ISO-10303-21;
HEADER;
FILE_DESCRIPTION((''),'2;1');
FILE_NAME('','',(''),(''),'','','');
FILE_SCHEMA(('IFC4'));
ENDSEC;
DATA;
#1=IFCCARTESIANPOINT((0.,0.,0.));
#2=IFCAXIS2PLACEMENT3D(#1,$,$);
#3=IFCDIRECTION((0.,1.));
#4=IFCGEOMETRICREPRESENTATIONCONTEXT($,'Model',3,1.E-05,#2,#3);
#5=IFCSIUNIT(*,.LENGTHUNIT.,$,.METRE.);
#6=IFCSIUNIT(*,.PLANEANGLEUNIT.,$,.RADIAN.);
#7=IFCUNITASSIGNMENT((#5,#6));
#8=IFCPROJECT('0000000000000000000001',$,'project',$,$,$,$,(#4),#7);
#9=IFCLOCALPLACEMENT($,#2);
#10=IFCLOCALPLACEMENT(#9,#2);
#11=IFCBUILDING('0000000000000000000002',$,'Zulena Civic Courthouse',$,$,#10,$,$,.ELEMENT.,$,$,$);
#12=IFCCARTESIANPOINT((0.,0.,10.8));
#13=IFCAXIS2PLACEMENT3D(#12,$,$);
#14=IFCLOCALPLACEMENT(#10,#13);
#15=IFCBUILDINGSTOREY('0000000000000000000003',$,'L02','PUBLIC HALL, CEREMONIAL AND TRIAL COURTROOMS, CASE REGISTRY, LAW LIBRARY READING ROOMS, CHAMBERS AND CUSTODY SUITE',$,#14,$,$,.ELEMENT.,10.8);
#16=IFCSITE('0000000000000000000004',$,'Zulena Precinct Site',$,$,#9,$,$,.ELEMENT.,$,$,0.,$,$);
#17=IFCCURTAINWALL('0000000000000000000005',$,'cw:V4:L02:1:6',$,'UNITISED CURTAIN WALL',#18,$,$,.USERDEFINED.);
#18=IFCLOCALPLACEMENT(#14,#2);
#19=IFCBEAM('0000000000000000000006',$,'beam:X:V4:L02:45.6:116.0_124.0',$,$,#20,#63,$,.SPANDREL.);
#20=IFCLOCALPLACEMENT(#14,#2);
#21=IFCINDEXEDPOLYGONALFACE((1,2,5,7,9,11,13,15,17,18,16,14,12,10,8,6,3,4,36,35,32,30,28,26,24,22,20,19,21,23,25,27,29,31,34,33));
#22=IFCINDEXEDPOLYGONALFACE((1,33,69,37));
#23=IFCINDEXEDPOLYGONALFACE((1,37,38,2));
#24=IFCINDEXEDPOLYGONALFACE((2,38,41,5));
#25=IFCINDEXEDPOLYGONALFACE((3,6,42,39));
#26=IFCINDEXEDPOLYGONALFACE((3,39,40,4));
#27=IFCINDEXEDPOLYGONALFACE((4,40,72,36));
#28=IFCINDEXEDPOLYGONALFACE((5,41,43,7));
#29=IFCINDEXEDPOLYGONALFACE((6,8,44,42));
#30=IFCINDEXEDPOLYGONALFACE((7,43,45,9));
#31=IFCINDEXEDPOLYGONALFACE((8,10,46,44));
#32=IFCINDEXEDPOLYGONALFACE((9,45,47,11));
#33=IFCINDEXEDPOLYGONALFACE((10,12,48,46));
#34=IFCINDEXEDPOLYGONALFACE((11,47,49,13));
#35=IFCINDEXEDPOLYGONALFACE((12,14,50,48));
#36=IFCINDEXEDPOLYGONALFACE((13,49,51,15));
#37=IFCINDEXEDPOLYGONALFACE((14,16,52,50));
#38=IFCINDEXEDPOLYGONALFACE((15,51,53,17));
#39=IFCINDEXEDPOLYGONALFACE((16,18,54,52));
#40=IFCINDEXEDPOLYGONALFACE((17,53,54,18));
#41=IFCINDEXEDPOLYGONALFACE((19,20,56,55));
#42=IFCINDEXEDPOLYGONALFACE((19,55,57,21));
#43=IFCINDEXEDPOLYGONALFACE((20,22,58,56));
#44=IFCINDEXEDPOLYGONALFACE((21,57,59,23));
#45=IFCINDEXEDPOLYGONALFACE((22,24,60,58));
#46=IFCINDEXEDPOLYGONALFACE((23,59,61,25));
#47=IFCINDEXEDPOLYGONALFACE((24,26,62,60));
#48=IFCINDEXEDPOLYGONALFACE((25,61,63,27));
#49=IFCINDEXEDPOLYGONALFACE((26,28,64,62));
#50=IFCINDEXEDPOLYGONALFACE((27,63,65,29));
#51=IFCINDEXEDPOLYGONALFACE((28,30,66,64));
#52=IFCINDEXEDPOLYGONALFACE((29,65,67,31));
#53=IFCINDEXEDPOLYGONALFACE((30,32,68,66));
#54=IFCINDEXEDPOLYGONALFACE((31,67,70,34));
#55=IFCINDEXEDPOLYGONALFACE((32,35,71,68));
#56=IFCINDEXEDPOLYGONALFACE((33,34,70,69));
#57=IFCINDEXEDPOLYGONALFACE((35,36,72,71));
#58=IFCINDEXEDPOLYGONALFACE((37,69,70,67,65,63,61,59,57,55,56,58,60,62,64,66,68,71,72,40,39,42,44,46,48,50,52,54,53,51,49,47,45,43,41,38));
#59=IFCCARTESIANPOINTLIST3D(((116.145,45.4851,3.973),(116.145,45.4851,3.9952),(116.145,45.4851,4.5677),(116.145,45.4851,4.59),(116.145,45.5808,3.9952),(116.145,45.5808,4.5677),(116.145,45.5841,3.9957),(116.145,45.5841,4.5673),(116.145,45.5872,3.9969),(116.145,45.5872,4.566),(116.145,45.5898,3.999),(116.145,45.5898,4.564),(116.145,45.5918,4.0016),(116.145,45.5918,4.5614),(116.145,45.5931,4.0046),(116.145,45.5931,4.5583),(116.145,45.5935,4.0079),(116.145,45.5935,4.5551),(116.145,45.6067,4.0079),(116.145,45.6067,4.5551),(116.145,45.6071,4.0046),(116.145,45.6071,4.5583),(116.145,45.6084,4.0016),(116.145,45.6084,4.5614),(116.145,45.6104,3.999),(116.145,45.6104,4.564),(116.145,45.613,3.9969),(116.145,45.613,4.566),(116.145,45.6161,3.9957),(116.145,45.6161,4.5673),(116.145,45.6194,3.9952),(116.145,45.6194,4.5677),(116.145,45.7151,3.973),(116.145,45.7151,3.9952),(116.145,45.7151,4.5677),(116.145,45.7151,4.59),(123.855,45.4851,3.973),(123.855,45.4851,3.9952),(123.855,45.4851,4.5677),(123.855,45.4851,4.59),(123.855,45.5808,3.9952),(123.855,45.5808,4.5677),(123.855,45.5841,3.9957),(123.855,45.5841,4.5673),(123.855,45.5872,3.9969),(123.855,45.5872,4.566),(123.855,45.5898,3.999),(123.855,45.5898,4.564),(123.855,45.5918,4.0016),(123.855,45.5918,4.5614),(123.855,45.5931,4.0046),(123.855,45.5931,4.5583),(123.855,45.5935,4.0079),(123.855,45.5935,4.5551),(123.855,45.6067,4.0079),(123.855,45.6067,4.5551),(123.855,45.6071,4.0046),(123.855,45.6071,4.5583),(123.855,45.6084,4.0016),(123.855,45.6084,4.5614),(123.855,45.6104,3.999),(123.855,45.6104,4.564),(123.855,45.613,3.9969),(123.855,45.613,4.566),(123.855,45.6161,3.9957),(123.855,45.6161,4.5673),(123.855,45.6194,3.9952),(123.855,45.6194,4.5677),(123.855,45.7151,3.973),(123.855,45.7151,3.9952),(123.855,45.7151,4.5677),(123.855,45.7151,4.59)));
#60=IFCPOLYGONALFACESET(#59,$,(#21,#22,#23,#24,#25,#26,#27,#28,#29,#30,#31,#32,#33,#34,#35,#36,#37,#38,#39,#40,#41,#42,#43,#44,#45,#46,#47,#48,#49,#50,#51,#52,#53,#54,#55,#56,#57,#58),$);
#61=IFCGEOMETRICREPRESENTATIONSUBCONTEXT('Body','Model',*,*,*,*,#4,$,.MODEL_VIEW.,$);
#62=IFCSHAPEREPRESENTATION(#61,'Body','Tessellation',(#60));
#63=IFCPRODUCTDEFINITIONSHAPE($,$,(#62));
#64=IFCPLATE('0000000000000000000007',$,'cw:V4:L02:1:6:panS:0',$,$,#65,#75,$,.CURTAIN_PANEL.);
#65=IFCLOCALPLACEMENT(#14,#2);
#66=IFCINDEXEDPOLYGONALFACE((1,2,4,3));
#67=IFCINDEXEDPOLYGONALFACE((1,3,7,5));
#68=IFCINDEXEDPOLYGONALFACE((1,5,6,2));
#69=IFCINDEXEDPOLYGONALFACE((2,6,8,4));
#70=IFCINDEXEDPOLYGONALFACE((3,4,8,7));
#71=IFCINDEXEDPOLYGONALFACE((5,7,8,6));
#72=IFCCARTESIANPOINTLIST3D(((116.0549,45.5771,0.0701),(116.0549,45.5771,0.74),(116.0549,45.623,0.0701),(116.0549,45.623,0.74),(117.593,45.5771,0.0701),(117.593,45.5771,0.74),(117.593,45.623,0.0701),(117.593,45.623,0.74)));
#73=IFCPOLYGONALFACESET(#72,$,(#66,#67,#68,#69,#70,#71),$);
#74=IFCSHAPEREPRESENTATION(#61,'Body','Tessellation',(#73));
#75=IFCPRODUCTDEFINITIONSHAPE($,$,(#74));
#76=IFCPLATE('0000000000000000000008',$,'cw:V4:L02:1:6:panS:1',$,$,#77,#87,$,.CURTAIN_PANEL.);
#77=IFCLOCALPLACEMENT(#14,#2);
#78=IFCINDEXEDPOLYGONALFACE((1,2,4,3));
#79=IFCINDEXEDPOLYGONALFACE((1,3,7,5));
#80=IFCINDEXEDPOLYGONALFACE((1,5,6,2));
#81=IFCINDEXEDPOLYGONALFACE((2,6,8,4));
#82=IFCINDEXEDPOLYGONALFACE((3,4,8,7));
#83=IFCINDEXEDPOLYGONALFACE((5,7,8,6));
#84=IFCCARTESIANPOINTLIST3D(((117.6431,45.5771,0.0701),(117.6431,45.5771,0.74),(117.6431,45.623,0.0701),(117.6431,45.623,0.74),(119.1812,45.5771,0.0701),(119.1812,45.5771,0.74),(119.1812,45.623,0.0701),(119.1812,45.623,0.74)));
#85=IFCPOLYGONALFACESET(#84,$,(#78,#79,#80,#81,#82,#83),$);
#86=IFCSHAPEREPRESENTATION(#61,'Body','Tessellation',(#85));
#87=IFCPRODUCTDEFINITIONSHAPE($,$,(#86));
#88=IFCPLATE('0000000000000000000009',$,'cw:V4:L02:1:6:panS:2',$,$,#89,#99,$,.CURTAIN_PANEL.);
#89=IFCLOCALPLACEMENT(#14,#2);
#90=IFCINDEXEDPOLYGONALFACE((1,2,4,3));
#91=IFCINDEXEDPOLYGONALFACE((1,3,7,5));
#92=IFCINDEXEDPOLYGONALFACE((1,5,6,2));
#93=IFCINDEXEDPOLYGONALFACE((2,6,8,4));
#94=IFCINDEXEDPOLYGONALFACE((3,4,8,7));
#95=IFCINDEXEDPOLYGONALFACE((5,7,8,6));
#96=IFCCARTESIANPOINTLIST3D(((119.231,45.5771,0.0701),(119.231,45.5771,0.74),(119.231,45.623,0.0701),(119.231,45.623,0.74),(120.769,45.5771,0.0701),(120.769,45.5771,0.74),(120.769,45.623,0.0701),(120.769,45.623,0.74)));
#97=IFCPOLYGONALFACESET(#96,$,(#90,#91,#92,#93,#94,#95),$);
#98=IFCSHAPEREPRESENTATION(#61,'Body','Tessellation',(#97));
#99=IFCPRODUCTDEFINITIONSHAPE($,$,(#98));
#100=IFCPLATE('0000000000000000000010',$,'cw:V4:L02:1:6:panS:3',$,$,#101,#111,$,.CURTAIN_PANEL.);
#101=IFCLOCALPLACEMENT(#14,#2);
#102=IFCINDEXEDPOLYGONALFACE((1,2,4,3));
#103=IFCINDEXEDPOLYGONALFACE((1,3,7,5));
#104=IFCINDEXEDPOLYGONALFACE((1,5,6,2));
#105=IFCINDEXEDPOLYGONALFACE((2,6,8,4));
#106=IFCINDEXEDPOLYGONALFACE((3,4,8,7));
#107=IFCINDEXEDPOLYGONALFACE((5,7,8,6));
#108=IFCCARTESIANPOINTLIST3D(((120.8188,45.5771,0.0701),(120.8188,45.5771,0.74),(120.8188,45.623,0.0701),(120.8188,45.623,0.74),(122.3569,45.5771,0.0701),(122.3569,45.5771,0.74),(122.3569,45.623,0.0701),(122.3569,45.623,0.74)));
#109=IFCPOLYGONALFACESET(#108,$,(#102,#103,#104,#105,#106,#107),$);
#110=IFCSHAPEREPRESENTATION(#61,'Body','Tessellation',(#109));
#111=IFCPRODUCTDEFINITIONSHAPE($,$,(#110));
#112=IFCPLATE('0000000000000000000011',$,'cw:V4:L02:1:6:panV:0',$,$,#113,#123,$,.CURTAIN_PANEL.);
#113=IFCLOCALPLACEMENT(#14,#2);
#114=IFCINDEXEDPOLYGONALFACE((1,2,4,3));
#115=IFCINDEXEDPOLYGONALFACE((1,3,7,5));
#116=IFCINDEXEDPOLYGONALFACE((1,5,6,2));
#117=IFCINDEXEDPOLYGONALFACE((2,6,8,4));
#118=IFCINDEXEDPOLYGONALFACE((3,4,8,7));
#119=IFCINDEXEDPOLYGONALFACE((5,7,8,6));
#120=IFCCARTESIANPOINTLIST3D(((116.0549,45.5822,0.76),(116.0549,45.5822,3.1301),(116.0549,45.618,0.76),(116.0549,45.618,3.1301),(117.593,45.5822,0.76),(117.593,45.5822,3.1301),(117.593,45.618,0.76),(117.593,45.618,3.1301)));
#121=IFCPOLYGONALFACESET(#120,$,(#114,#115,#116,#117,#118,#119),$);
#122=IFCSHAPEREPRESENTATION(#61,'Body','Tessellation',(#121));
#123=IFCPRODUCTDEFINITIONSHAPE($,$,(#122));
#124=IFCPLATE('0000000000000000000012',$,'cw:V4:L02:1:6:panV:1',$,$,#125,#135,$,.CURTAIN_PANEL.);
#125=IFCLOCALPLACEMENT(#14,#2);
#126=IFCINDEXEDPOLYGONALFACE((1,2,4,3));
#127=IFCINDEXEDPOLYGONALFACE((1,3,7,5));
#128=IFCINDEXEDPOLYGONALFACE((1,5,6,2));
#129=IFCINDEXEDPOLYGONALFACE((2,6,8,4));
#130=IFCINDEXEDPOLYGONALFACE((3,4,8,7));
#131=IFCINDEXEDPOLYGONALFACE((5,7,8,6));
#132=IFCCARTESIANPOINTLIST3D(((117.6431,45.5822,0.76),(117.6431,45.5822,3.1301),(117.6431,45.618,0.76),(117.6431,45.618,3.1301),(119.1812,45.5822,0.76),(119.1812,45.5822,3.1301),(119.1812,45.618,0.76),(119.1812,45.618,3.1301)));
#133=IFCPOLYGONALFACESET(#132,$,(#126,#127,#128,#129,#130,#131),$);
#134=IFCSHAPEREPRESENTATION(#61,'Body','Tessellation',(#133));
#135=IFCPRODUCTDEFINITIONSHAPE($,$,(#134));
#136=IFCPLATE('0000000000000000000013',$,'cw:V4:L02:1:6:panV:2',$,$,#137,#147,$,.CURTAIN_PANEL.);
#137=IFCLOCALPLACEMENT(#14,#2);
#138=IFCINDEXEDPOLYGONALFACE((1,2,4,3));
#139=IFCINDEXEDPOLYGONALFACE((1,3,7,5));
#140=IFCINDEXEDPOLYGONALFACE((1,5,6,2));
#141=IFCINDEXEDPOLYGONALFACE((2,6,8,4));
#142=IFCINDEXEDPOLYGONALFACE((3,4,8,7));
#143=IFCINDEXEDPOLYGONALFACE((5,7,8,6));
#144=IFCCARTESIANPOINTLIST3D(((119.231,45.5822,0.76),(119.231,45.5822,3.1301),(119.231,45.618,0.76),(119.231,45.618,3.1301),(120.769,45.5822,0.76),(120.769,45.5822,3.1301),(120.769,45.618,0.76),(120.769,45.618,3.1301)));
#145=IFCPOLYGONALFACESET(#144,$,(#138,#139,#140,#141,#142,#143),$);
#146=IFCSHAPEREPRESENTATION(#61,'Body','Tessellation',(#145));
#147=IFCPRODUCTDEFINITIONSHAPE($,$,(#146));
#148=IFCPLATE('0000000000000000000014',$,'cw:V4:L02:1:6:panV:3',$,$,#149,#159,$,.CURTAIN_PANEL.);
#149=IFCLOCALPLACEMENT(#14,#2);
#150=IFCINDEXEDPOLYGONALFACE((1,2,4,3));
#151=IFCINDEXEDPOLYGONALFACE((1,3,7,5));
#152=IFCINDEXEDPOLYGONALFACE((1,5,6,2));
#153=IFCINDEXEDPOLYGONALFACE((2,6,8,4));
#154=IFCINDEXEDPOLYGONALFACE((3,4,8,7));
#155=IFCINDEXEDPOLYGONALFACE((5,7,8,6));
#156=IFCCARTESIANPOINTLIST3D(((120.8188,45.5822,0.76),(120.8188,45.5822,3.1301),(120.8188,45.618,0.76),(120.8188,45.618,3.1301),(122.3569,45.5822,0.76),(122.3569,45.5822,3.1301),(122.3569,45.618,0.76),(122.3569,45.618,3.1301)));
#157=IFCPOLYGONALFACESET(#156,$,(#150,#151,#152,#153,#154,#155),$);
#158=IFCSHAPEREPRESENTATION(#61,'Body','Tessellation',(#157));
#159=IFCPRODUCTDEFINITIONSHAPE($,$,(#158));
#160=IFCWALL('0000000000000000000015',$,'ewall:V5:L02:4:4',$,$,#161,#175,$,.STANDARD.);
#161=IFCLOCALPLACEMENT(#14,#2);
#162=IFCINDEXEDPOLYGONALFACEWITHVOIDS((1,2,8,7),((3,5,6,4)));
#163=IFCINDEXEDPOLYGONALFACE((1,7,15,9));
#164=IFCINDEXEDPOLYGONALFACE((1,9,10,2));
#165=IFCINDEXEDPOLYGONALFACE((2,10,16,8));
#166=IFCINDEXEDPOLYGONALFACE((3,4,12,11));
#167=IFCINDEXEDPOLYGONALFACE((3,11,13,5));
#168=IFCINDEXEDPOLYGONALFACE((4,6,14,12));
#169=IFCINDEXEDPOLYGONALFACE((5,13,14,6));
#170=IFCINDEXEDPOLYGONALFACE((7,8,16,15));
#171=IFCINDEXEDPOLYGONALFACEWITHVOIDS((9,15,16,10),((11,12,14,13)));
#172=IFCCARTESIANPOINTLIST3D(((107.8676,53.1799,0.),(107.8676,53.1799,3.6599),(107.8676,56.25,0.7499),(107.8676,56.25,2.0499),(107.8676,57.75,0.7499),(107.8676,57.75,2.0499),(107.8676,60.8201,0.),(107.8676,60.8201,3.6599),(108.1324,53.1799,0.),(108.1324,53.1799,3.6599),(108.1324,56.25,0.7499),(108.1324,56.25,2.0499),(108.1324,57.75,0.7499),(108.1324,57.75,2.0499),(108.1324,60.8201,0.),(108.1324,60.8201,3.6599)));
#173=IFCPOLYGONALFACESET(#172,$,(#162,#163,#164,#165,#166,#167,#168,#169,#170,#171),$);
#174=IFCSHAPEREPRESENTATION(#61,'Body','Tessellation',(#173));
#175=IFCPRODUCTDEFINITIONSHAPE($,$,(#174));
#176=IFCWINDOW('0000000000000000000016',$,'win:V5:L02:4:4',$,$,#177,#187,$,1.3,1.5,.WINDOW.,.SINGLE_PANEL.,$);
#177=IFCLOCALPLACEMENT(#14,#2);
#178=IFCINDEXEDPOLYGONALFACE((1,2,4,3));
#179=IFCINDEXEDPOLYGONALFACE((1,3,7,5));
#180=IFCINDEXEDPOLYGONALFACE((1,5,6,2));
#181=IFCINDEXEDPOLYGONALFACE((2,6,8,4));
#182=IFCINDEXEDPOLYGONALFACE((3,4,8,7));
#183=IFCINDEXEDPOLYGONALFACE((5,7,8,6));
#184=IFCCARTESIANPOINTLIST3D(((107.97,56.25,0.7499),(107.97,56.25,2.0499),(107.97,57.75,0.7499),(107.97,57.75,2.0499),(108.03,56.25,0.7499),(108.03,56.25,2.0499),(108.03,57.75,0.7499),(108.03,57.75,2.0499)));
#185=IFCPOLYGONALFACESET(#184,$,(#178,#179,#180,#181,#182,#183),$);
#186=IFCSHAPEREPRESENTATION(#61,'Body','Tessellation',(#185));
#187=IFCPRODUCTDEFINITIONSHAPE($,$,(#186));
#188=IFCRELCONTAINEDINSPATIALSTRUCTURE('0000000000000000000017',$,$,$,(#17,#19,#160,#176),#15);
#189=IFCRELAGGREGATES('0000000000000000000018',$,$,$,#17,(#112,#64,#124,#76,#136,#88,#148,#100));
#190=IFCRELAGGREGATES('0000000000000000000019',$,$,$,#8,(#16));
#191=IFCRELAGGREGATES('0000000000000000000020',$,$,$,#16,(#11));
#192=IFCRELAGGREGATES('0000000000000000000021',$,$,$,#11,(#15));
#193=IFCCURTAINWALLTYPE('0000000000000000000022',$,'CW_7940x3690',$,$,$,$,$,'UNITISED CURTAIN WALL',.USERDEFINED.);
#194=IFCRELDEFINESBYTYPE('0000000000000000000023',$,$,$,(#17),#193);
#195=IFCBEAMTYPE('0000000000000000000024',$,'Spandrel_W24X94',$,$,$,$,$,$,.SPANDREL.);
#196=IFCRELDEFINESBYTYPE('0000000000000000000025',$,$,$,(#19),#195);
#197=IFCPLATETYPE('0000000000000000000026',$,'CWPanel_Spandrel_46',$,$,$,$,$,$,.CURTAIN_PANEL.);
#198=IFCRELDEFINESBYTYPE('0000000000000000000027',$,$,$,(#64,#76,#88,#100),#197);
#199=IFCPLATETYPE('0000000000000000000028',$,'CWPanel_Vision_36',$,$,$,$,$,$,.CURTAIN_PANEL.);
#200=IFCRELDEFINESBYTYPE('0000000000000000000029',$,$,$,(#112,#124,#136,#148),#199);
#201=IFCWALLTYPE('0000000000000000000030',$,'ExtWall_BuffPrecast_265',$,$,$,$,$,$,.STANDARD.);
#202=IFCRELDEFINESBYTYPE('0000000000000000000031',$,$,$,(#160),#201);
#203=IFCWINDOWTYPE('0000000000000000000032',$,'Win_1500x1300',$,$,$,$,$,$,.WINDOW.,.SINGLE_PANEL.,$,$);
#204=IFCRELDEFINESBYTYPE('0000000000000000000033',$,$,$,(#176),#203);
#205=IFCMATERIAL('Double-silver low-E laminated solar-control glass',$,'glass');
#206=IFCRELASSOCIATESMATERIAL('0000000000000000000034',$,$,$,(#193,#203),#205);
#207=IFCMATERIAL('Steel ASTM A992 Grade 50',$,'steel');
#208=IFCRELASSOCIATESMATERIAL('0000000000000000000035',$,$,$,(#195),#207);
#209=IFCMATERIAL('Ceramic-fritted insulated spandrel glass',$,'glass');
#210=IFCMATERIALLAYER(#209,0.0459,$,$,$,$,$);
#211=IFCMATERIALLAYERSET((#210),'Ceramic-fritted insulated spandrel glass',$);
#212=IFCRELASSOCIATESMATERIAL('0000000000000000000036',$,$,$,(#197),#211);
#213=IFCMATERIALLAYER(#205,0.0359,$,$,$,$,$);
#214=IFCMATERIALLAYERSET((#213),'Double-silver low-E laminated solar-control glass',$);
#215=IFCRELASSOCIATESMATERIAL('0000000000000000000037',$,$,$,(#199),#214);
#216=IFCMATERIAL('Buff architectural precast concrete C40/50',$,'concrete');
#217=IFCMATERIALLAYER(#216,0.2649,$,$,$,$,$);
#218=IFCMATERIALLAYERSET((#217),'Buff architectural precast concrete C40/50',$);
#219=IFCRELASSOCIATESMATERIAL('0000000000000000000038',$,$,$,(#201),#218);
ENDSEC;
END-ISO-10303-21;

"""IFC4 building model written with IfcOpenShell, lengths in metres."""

from ifc_helpers import new_model, si_unit, direction, frame, frame_2d, origin, origin_2d, place, context, subcontext, project, spatial, rectangle, i_section, extrude, material, layer, layer_set, material_profile, profile_set, type_object, element, fill, aggregate, save


model = new_model("IFC4")

# Units and contexts
model_context = context("Model", 3, precision=1e-05, world=origin(), true_north=direction((0.0, 1.0)))
body_context = subcontext(model_context, "Body", "Model", "MODEL_VIEW")
ifc_project = project(units=[si_unit("LENGTHUNIT", "METRE"), si_unit("PLANEANGLEUNIT", "RADIAN")], contexts=[model_context])

# Site, building, storey
site_placement = place(None, origin())
site = spatial("IfcSite", under=ifc_project, at=site_placement, Name="Zulena Precinct Site", CompositionType="ELEMENT", RefElevation=0.0)
building_placement = place(site_placement, origin())
building = spatial("IfcBuilding", under=site, at=building_placement, Name="Zulena Civic Courthouse", CompositionType="ELEMENT")
storey_placement = place(building_placement, frame((0.0, 0.0, 10.8)))
storey = spatial("IfcBuildingStorey", under=building, at=storey_placement, Name="L02", Description="PUBLIC HALL, CEREMONIAL AND TRIAL COURTROOMS, CASE REGISTRY, LAW LIBRARY READING ROOMS, CHAMBERS AND CUSTODY SUITE", CompositionType="ELEMENT", Elevation=10.8)

# Shared definitions
ifc_material_1 = material(Name="Steel ASTM A992 Grade 50", Category="steel")

# Curtain wall
ifc_material_2 = material(Name="Double-silver low-E laminated solar-control glass", Category="glass")
curtain_wall_type = type_object("IfcCurtainWallType", Name="CW_7940x3690", ElementType="UNITISED CURTAIN WALL", PredefinedType="USERDEFINED", material=ifc_material_2)
curtain_wall_placement = place(storey_placement, origin())
curtain_wall = element("IfcCurtainWall", 1, at=curtain_wall_placement, inside=storey, type_object=curtain_wall_type, Name="cw:V4:L02:1:6", ObjectType="UNITISED CURTAIN WALL", PredefinedType="USERDEFINED")

# Beam
ifc_material_profile_1 = material_profile(ifc_material_1, i_section(OverallWidth=0.23, OverallDepth=0.6169, WebThickness=0.0132, FlangeThickness=0.0222, FilletRadius=0.0127, at=origin_2d()), Name="W24X94")
ifc_profile_set_1 = profile_set([ifc_material_profile_1], Name="Steel ASTM A992 Grade 50")
beam_type_1 = type_object("IfcBeamType", Name="Spandrel_W24X94", PredefinedType="SPANDREL", material=ifc_profile_set_1)
beam_1_placement = place(storey_placement, frame((116.145, 45.6001, 4.2815), z_axis=(1.0, 0.0, 0.0), x_axis=(0.0, 1.0, 0.0)))
element("IfcBeam", 2, at=beam_1_placement, inside=storey, type_object=beam_type_1, Name="beam:X:V4:L02:45.6:116.0_124.0", PredefinedType="SPANDREL", context=body_context, shape_type="SweptSolid", body=[
    extrude(i_section(OverallWidth=0.23, OverallDepth=0.6169, WebThickness=0.0132, FlangeThickness=0.0222, FilletRadius=0.0127, at=origin_2d()), origin(), (0.0, 0.0, 1.0), 7.71),
])

# Plates
ifc_material_3 = material(Name="Ceramic-fritted insulated spandrel glass", Category="glass")
ifc_layer_1 = layer(ifc_material_3, 0.0459)
ifc_layer_set_1 = layer_set([ifc_layer_1], Name="Ceramic-fritted insulated spandrel glass")
plate_type_1 = type_object("IfcPlateType", Name="CWPanel_Spandrel_46", PredefinedType="CURTAIN_PANEL", material=ifc_layer_set_1)
plate_1_placement = place(storey_placement, frame((116.824, 45.6001, 0.0701), z_axis=(0.0, 0.0, 1.0), x_axis=(1.0, 0.0, 0.0)))
plate_1 = element("IfcPlate", 3, at=plate_1_placement, type_object=plate_type_1, Name="cw:V4:L02:1:6:panS:0", PredefinedType="CURTAIN_PANEL", context=body_context, shape_type="SweptSolid", body=[
    extrude(rectangle(XDim=1.5381, YDim=0.0459, at=origin_2d()), origin(), (0.0, 0.0, 1.0), 0.6699),
])
plate_2_placement = place(storey_placement, frame((118.4121, 45.6001, 0.0701), z_axis=(0.0, 0.0, 1.0), x_axis=(1.0, 0.0, 0.0)))
plate_2 = element("IfcPlate", 4, at=plate_2_placement, type_object=plate_type_1, Name="cw:V4:L02:1:6:panS:1", PredefinedType="CURTAIN_PANEL", context=body_context, shape_type="SweptSolid", body=[
    extrude(rectangle(XDim=1.5381, YDim=0.0459, at=origin_2d()), origin(), (0.0, 0.0, 1.0), 0.6699),
])
plate_3_placement = place(storey_placement, frame((120.0, 45.6001, 0.0701), z_axis=(0.0, 0.0, 1.0), x_axis=(1.0, 0.0, 0.0)))
plate_3 = element("IfcPlate", 5, at=plate_3_placement, type_object=plate_type_1, Name="cw:V4:L02:1:6:panS:2", PredefinedType="CURTAIN_PANEL", context=body_context, shape_type="SweptSolid", body=[
    extrude(rectangle(XDim=1.5381, YDim=0.0459, at=origin_2d()), origin(), (0.0, 0.0, 1.0), 0.6699),
])
plate_4_placement = place(storey_placement, frame((121.5879, 45.6001, 0.0701), z_axis=(0.0, 0.0, 1.0), x_axis=(1.0, 0.0, 0.0)))
plate_4 = element("IfcPlate", 6, at=plate_4_placement, type_object=plate_type_1, Name="cw:V4:L02:1:6:panS:3", PredefinedType="CURTAIN_PANEL", context=body_context, shape_type="SweptSolid", body=[
    extrude(rectangle(XDim=1.5381, YDim=0.0459, at=origin_2d()), origin(), (0.0, 0.0, 1.0), 0.6699),
])
ifc_layer_2 = layer(ifc_material_2, 0.0359)
ifc_layer_set_2 = layer_set([ifc_layer_2], Name="Double-silver low-E laminated solar-control glass")
plate_type_2 = type_object("IfcPlateType", Name="CWPanel_Vision_36", PredefinedType="CURTAIN_PANEL", material=ifc_layer_set_2)
plate_5_placement = place(storey_placement, frame((116.824, 45.6001, 0.76), z_axis=(0.0, 0.0, 1.0), x_axis=(1.0, 0.0, 0.0)))
plate_5 = element("IfcPlate", 7, at=plate_5_placement, type_object=plate_type_2, Name="cw:V4:L02:1:6:panV:0", PredefinedType="CURTAIN_PANEL", context=body_context, shape_type="SweptSolid", body=[
    extrude(rectangle(XDim=1.5381, YDim=0.0359, at=origin_2d()), origin(), (0.0, 0.0, 1.0), 2.3701),
])
plate_6_placement = place(storey_placement, frame((118.4121, 45.6001, 0.76), z_axis=(0.0, 0.0, 1.0), x_axis=(1.0, 0.0, 0.0)))
plate_6 = element("IfcPlate", 8, at=plate_6_placement, type_object=plate_type_2, Name="cw:V4:L02:1:6:panV:1", PredefinedType="CURTAIN_PANEL", context=body_context, shape_type="SweptSolid", body=[
    extrude(rectangle(XDim=1.5381, YDim=0.0359, at=origin_2d()), origin(), (0.0, 0.0, 1.0), 2.3701),
])
plate_7_placement = place(storey_placement, frame((120.0, 45.6001, 0.76), z_axis=(0.0, 0.0, 1.0), x_axis=(1.0, 0.0, 0.0)))
plate_7 = element("IfcPlate", 9, at=plate_7_placement, type_object=plate_type_2, Name="cw:V4:L02:1:6:panV:2", PredefinedType="CURTAIN_PANEL", context=body_context, shape_type="SweptSolid", body=[
    extrude(rectangle(XDim=1.5381, YDim=0.0359, at=origin_2d()), origin(), (0.0, 0.0, 1.0), 2.3701),
])
plate_8_placement = place(storey_placement, frame((121.5879, 45.6001, 0.76), z_axis=(0.0, 0.0, 1.0), x_axis=(1.0, 0.0, 0.0)))
plate_8 = element("IfcPlate", 10, at=plate_8_placement, type_object=plate_type_2, Name="cw:V4:L02:1:6:panV:3", PredefinedType="CURTAIN_PANEL", context=body_context, shape_type="SweptSolid", body=[
    extrude(rectangle(XDim=1.5381, YDim=0.0359, at=origin_2d()), origin(), (0.0, 0.0, 1.0), 2.3701),
])
aggregate(curtain_wall, [plate_5, plate_1, plate_6, plate_2, plate_7, plate_3, plate_8, plate_4])

# Wall, opening, window
ifc_material_4 = material(Name="Buff architectural precast concrete C40/50", Category="concrete")
ifc_layer_3 = layer(ifc_material_4, 0.2649)
ifc_layer_set_3 = layer_set([ifc_layer_3], Name="Buff architectural precast concrete C40/50")
wall_type = type_object("IfcWallType", Name="ExtWall_BuffPrecast_265", PredefinedType="STANDARD", material=ifc_layer_set_3)
wall_1_placement = place(storey_placement, frame((108.0, 60.8201, 0.0), z_axis=(0.0, 0.0, 1.0), x_axis=(0.0, -1.0, 0.0)))
wall_1 = element("IfcWall", 11, at=wall_1_placement, inside=storey, type_object=wall_type, Name="ewall:V5:L02:4:4", PredefinedType="STANDARD", context=body_context, shape_type="SweptSolid", body=[
    extrude(rectangle(XDim=7.6401, YDim=0.2649, at=frame_2d((3.8201, 0.0))), origin(), (0.0, 0.0, 1.0), 3.6599),
])
opening_1_placement = place(wall_1_placement, frame((3.0701, 0.0, 0.75)))
opening_1 = element("IfcOpeningElement", 12, at=opening_1_placement, cuts=wall_1, PredefinedType="OPENING", context=body_context, shape_type="SweptSolid", body=[
    extrude(rectangle(XDim=1.5, YDim=1.3, at=frame_2d((0.75, 0.6499))), frame((0.0, 0.1423, 0.0), z_axis=(0.0, -1.0, 0.0), x_axis=(1.0, 0.0, 0.0)), (0.0, 0.0, 1.0), 0.2849),
])
window_type_1 = type_object("IfcWindowType", Name="Win_1500x1300", PartitioningType="SINGLE_PANEL", PredefinedType="WINDOW", material=ifc_material_2)
window_1_placement = place(opening_1_placement, origin())
window_1 = element("IfcWindow", 13, at=window_1_placement, inside=storey, type_object=window_type_1, Name="win:V5:L02:4:4", OverallHeight=1.3, OverallWidth=1.5, PartitioningType="SINGLE_PANEL", PredefinedType="WINDOW", context=body_context, shape_type="SweptSolid", body=[
    extrude(rectangle(XDim=1.5, YDim=1.3, at=frame_2d((0.75, 0.6499))), frame((0.0, 0.03, 0.0), z_axis=(0.0, -1.0, 0.0), x_axis=(1.0, 0.0, 0.0)), (0.0, 0.0, 1.0), 0.0601),
])
fill(opening_1, window_1)

save(model, "model.ifc")
